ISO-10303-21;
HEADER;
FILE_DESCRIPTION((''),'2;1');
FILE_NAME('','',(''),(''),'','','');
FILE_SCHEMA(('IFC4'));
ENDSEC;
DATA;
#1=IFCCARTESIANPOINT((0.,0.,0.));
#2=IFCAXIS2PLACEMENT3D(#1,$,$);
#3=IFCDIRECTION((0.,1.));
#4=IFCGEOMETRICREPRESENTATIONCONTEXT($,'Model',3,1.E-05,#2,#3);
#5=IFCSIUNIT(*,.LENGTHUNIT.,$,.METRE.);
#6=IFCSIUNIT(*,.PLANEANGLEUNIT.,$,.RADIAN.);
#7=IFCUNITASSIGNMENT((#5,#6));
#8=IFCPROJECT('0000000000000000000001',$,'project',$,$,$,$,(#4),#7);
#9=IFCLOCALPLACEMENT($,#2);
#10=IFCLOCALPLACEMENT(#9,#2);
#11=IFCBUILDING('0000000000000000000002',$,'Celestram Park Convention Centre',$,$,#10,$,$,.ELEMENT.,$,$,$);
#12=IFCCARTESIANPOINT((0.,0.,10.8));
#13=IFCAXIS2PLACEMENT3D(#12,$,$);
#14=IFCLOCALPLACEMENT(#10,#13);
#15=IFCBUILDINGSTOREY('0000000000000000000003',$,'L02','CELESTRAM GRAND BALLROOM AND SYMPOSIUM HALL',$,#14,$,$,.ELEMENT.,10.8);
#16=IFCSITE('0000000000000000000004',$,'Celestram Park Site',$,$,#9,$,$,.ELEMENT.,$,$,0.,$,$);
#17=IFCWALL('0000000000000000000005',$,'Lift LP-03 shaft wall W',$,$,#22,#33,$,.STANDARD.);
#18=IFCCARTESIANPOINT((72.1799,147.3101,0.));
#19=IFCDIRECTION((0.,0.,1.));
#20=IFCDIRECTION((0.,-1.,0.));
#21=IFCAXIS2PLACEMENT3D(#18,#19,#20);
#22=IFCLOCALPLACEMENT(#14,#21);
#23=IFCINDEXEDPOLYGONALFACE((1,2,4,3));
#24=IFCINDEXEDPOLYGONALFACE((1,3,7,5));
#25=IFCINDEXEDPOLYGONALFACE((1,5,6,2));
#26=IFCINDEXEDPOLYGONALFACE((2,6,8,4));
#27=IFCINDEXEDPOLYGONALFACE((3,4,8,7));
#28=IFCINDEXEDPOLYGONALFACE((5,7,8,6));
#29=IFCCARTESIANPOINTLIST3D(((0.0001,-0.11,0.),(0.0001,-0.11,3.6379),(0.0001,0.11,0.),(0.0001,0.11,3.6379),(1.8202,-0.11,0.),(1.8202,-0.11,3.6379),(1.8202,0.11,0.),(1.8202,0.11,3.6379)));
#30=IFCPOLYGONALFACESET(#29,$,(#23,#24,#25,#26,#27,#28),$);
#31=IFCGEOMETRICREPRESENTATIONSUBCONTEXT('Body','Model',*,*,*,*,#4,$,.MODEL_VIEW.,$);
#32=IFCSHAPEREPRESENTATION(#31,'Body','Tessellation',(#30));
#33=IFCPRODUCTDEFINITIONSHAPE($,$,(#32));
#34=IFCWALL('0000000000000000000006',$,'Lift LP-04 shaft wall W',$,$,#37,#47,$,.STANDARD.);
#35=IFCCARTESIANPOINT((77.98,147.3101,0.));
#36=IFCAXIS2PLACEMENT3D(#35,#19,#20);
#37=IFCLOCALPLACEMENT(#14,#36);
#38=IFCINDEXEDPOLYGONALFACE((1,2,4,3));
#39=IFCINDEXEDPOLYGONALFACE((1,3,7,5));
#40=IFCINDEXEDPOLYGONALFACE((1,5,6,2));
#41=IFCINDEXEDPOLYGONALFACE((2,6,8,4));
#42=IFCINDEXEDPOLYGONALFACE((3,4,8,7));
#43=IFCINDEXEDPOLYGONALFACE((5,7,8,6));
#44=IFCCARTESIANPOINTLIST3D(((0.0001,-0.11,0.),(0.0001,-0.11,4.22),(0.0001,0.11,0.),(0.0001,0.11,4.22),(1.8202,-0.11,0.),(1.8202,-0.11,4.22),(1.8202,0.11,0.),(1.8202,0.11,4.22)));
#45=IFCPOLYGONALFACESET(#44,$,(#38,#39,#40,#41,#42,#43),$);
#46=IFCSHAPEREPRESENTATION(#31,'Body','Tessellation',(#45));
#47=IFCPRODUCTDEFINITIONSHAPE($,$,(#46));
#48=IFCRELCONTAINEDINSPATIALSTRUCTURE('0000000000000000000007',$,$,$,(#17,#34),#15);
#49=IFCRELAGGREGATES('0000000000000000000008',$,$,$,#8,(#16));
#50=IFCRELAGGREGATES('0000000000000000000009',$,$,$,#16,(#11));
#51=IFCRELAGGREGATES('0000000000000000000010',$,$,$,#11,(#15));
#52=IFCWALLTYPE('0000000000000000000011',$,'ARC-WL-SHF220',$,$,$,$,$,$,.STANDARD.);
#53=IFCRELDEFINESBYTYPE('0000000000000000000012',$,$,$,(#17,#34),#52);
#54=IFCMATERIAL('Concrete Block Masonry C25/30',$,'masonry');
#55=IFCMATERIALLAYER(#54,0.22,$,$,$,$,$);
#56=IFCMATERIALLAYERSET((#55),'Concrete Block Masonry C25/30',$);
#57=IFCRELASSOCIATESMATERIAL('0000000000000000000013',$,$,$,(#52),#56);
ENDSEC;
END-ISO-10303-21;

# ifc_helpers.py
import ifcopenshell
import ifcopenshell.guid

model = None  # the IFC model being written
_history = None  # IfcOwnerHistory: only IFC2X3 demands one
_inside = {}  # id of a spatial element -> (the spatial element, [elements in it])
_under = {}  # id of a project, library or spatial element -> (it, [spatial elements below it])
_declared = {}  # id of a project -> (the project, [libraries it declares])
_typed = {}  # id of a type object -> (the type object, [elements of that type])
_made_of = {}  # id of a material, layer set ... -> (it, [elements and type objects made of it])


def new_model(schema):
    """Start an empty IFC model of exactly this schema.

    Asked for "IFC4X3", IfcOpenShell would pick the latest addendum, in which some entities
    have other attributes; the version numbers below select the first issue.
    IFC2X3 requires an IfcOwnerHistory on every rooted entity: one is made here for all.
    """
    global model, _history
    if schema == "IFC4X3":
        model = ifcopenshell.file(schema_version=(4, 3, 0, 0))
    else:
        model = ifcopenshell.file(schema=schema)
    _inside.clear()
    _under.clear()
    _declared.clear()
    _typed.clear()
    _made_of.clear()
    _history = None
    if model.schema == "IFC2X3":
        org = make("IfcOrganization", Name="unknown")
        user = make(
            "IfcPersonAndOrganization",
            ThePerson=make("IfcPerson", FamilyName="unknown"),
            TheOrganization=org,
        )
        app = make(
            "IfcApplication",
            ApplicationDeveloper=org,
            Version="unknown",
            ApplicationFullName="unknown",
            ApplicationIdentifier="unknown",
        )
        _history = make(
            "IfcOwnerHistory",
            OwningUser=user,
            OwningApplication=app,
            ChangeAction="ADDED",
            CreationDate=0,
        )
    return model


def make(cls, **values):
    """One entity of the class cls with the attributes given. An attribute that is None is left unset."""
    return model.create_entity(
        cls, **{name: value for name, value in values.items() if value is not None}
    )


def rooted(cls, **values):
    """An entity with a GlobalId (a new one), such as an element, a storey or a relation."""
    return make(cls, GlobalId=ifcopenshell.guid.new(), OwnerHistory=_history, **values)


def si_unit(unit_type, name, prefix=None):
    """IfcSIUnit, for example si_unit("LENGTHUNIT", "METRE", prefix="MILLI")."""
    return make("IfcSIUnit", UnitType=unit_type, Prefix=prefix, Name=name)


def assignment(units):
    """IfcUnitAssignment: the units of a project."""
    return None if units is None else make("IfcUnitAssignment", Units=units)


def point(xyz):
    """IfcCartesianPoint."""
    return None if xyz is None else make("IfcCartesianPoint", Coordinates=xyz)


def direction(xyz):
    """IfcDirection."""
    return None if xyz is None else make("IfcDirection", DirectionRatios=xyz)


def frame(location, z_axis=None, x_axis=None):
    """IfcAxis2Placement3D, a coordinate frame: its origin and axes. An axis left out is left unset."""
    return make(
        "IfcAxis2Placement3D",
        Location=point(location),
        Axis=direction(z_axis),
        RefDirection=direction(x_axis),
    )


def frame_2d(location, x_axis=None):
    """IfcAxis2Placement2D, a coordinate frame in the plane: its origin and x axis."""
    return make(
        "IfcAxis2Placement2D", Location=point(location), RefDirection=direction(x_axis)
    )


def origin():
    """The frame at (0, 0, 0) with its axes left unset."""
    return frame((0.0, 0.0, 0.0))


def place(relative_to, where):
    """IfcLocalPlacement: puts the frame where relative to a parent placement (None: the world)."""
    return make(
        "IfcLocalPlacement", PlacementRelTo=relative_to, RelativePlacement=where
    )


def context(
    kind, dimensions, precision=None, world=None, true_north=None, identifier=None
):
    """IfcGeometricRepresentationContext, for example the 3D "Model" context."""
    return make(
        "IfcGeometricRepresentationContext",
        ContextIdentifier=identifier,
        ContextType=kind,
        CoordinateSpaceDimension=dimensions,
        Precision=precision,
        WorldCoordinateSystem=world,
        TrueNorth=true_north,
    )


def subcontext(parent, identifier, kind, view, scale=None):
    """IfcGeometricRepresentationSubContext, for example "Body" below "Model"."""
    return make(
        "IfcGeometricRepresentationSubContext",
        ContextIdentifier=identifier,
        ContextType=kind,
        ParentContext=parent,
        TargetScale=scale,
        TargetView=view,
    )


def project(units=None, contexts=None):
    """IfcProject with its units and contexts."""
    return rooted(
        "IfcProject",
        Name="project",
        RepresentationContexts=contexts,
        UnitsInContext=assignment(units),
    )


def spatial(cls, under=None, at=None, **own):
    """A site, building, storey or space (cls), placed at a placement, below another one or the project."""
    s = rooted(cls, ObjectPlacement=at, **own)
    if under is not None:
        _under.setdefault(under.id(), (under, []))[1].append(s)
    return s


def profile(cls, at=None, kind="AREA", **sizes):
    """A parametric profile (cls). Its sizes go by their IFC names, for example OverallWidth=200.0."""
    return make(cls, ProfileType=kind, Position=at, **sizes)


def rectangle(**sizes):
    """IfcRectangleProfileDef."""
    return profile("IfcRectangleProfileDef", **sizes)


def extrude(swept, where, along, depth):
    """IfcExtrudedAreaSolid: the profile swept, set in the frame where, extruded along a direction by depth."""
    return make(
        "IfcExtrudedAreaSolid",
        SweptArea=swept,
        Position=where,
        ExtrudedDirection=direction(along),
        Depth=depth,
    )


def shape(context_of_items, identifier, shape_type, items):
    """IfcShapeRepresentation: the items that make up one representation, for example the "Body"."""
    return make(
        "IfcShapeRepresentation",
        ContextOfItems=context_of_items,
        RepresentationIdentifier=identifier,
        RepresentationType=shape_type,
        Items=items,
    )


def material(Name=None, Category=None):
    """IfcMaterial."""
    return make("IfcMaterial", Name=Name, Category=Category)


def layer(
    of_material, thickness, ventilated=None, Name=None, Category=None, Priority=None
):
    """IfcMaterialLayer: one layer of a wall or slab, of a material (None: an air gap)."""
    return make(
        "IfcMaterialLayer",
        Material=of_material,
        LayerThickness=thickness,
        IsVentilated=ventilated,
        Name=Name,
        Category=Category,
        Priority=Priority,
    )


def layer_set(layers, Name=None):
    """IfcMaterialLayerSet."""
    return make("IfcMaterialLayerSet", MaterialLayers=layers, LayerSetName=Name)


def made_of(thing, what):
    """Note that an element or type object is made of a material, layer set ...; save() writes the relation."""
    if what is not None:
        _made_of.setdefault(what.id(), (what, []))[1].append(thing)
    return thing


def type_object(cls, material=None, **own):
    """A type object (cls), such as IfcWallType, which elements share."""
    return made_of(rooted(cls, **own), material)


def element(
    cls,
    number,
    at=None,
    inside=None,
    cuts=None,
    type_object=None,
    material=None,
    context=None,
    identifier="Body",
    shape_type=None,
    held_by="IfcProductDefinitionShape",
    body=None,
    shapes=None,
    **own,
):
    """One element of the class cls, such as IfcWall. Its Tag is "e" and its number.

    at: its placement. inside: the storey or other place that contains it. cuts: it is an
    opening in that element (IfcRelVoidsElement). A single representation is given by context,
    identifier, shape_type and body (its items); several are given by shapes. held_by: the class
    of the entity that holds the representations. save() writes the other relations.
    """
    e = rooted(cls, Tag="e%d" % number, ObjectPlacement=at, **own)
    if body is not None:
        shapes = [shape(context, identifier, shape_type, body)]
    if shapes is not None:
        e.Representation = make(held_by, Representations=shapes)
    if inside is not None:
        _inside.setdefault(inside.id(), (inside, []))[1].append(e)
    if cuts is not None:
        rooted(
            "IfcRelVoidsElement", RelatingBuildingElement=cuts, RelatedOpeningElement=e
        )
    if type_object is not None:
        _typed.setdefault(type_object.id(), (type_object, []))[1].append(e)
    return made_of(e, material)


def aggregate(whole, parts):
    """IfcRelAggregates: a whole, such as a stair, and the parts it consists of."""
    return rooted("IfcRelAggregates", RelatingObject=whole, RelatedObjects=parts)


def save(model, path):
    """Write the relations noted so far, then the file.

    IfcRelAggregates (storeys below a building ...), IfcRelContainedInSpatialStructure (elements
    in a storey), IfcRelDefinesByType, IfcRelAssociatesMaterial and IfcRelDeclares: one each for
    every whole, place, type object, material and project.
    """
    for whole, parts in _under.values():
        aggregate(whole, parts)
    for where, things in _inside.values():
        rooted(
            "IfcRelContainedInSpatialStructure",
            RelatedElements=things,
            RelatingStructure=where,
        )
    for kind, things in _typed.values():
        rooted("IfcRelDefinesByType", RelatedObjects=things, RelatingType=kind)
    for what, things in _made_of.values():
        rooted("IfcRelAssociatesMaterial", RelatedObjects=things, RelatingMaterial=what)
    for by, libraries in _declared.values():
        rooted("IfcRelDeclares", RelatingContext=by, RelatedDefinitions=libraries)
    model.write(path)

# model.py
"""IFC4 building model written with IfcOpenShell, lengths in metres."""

from ifc_helpers import new_model, si_unit, direction, frame, frame_2d, origin, place, context, subcontext, project, spatial, rectangle, extrude, material, layer, layer_set, type_object, element, save


model = new_model("IFC4")

# Units and contexts
model_context = context("Model", 3, precision=1e-05, world=origin(), true_north=direction((0.0, 1.0)))
body_context = subcontext(model_context, "Body", "Model", "MODEL_VIEW")
ifc_project = project(units=[si_unit("LENGTHUNIT", "METRE"), si_unit("PLANEANGLEUNIT", "RADIAN")], contexts=[model_context])

# Site, building, storey
site_placement = place(None, origin())
site = spatial("IfcSite", under=ifc_project, at=site_placement, Name="Celestram Park Site", CompositionType="ELEMENT", RefElevation=0.0)
building_placement = place(site_placement, origin())
building = spatial("IfcBuilding", under=site, at=building_placement, Name="Celestram Park Convention Centre", CompositionType="ELEMENT")
storey_placement = place(building_placement, frame((0.0, 0.0, 10.8)))
storey = spatial("IfcBuildingStorey", under=building, at=storey_placement, Name="L02", Description="CELESTRAM GRAND BALLROOM AND SYMPOSIUM HALL", CompositionType="ELEMENT", Elevation=10.8)

# Shared definitions
ifc_material_1 = material(Name="Concrete Block Masonry C25/30", Category="masonry")
ifc_layer_1 = layer(ifc_material_1, 0.22)
ifc_layer_set_1 = layer_set([ifc_layer_1], Name="Concrete Block Masonry C25/30")
wall_type_1 = type_object("IfcWallType", Name="ARC-WL-SHF220", PredefinedType="STANDARD", material=ifc_layer_set_1)

# Wall
for number, where, z_axis, x_axis, name in (
    (1, (72.1799, 147.3101, 0.0), (0.0, 0.0, 1.0), (0.0, -1.0, 0.0), "Lift LP-03 shaft wall W"),
):
    element("IfcWall", number, at=place(storey_placement, frame(where, z_axis=z_axis, x_axis=x_axis)), inside=storey, type_object=wall_type_1, Name=name, PredefinedType="STANDARD", context=body_context, shape_type="SweptSolid", body=[
        extrude(rectangle(XDim=1.8201, YDim=0.22, at=frame_2d((0.9102, 0.0))), origin(), (0.0, 0.0, 1.0), 3.6379),
    ])

# Wall
for number, where, z_axis, x_axis, name in (
    (2, (77.98, 147.3101, 0.0), (0.0, 0.0, 1.0), (0.0, -1.0, 0.0), "Lift LP-04 shaft wall W"),
):
    element("IfcWall", number, at=place(storey_placement, frame(where, z_axis=z_axis, x_axis=x_axis)), inside=storey, type_object=wall_type_1, Name=name, PredefinedType="STANDARD", context=body_context, shape_type="SweptSolid", body=[
        extrude(rectangle(XDim=1.8201, YDim=0.22, at=frame_2d((0.9102, 0.0))), origin(), (0.0, 0.0, 1.0), 4.22),
    ])

save(model, "model.ifc")
